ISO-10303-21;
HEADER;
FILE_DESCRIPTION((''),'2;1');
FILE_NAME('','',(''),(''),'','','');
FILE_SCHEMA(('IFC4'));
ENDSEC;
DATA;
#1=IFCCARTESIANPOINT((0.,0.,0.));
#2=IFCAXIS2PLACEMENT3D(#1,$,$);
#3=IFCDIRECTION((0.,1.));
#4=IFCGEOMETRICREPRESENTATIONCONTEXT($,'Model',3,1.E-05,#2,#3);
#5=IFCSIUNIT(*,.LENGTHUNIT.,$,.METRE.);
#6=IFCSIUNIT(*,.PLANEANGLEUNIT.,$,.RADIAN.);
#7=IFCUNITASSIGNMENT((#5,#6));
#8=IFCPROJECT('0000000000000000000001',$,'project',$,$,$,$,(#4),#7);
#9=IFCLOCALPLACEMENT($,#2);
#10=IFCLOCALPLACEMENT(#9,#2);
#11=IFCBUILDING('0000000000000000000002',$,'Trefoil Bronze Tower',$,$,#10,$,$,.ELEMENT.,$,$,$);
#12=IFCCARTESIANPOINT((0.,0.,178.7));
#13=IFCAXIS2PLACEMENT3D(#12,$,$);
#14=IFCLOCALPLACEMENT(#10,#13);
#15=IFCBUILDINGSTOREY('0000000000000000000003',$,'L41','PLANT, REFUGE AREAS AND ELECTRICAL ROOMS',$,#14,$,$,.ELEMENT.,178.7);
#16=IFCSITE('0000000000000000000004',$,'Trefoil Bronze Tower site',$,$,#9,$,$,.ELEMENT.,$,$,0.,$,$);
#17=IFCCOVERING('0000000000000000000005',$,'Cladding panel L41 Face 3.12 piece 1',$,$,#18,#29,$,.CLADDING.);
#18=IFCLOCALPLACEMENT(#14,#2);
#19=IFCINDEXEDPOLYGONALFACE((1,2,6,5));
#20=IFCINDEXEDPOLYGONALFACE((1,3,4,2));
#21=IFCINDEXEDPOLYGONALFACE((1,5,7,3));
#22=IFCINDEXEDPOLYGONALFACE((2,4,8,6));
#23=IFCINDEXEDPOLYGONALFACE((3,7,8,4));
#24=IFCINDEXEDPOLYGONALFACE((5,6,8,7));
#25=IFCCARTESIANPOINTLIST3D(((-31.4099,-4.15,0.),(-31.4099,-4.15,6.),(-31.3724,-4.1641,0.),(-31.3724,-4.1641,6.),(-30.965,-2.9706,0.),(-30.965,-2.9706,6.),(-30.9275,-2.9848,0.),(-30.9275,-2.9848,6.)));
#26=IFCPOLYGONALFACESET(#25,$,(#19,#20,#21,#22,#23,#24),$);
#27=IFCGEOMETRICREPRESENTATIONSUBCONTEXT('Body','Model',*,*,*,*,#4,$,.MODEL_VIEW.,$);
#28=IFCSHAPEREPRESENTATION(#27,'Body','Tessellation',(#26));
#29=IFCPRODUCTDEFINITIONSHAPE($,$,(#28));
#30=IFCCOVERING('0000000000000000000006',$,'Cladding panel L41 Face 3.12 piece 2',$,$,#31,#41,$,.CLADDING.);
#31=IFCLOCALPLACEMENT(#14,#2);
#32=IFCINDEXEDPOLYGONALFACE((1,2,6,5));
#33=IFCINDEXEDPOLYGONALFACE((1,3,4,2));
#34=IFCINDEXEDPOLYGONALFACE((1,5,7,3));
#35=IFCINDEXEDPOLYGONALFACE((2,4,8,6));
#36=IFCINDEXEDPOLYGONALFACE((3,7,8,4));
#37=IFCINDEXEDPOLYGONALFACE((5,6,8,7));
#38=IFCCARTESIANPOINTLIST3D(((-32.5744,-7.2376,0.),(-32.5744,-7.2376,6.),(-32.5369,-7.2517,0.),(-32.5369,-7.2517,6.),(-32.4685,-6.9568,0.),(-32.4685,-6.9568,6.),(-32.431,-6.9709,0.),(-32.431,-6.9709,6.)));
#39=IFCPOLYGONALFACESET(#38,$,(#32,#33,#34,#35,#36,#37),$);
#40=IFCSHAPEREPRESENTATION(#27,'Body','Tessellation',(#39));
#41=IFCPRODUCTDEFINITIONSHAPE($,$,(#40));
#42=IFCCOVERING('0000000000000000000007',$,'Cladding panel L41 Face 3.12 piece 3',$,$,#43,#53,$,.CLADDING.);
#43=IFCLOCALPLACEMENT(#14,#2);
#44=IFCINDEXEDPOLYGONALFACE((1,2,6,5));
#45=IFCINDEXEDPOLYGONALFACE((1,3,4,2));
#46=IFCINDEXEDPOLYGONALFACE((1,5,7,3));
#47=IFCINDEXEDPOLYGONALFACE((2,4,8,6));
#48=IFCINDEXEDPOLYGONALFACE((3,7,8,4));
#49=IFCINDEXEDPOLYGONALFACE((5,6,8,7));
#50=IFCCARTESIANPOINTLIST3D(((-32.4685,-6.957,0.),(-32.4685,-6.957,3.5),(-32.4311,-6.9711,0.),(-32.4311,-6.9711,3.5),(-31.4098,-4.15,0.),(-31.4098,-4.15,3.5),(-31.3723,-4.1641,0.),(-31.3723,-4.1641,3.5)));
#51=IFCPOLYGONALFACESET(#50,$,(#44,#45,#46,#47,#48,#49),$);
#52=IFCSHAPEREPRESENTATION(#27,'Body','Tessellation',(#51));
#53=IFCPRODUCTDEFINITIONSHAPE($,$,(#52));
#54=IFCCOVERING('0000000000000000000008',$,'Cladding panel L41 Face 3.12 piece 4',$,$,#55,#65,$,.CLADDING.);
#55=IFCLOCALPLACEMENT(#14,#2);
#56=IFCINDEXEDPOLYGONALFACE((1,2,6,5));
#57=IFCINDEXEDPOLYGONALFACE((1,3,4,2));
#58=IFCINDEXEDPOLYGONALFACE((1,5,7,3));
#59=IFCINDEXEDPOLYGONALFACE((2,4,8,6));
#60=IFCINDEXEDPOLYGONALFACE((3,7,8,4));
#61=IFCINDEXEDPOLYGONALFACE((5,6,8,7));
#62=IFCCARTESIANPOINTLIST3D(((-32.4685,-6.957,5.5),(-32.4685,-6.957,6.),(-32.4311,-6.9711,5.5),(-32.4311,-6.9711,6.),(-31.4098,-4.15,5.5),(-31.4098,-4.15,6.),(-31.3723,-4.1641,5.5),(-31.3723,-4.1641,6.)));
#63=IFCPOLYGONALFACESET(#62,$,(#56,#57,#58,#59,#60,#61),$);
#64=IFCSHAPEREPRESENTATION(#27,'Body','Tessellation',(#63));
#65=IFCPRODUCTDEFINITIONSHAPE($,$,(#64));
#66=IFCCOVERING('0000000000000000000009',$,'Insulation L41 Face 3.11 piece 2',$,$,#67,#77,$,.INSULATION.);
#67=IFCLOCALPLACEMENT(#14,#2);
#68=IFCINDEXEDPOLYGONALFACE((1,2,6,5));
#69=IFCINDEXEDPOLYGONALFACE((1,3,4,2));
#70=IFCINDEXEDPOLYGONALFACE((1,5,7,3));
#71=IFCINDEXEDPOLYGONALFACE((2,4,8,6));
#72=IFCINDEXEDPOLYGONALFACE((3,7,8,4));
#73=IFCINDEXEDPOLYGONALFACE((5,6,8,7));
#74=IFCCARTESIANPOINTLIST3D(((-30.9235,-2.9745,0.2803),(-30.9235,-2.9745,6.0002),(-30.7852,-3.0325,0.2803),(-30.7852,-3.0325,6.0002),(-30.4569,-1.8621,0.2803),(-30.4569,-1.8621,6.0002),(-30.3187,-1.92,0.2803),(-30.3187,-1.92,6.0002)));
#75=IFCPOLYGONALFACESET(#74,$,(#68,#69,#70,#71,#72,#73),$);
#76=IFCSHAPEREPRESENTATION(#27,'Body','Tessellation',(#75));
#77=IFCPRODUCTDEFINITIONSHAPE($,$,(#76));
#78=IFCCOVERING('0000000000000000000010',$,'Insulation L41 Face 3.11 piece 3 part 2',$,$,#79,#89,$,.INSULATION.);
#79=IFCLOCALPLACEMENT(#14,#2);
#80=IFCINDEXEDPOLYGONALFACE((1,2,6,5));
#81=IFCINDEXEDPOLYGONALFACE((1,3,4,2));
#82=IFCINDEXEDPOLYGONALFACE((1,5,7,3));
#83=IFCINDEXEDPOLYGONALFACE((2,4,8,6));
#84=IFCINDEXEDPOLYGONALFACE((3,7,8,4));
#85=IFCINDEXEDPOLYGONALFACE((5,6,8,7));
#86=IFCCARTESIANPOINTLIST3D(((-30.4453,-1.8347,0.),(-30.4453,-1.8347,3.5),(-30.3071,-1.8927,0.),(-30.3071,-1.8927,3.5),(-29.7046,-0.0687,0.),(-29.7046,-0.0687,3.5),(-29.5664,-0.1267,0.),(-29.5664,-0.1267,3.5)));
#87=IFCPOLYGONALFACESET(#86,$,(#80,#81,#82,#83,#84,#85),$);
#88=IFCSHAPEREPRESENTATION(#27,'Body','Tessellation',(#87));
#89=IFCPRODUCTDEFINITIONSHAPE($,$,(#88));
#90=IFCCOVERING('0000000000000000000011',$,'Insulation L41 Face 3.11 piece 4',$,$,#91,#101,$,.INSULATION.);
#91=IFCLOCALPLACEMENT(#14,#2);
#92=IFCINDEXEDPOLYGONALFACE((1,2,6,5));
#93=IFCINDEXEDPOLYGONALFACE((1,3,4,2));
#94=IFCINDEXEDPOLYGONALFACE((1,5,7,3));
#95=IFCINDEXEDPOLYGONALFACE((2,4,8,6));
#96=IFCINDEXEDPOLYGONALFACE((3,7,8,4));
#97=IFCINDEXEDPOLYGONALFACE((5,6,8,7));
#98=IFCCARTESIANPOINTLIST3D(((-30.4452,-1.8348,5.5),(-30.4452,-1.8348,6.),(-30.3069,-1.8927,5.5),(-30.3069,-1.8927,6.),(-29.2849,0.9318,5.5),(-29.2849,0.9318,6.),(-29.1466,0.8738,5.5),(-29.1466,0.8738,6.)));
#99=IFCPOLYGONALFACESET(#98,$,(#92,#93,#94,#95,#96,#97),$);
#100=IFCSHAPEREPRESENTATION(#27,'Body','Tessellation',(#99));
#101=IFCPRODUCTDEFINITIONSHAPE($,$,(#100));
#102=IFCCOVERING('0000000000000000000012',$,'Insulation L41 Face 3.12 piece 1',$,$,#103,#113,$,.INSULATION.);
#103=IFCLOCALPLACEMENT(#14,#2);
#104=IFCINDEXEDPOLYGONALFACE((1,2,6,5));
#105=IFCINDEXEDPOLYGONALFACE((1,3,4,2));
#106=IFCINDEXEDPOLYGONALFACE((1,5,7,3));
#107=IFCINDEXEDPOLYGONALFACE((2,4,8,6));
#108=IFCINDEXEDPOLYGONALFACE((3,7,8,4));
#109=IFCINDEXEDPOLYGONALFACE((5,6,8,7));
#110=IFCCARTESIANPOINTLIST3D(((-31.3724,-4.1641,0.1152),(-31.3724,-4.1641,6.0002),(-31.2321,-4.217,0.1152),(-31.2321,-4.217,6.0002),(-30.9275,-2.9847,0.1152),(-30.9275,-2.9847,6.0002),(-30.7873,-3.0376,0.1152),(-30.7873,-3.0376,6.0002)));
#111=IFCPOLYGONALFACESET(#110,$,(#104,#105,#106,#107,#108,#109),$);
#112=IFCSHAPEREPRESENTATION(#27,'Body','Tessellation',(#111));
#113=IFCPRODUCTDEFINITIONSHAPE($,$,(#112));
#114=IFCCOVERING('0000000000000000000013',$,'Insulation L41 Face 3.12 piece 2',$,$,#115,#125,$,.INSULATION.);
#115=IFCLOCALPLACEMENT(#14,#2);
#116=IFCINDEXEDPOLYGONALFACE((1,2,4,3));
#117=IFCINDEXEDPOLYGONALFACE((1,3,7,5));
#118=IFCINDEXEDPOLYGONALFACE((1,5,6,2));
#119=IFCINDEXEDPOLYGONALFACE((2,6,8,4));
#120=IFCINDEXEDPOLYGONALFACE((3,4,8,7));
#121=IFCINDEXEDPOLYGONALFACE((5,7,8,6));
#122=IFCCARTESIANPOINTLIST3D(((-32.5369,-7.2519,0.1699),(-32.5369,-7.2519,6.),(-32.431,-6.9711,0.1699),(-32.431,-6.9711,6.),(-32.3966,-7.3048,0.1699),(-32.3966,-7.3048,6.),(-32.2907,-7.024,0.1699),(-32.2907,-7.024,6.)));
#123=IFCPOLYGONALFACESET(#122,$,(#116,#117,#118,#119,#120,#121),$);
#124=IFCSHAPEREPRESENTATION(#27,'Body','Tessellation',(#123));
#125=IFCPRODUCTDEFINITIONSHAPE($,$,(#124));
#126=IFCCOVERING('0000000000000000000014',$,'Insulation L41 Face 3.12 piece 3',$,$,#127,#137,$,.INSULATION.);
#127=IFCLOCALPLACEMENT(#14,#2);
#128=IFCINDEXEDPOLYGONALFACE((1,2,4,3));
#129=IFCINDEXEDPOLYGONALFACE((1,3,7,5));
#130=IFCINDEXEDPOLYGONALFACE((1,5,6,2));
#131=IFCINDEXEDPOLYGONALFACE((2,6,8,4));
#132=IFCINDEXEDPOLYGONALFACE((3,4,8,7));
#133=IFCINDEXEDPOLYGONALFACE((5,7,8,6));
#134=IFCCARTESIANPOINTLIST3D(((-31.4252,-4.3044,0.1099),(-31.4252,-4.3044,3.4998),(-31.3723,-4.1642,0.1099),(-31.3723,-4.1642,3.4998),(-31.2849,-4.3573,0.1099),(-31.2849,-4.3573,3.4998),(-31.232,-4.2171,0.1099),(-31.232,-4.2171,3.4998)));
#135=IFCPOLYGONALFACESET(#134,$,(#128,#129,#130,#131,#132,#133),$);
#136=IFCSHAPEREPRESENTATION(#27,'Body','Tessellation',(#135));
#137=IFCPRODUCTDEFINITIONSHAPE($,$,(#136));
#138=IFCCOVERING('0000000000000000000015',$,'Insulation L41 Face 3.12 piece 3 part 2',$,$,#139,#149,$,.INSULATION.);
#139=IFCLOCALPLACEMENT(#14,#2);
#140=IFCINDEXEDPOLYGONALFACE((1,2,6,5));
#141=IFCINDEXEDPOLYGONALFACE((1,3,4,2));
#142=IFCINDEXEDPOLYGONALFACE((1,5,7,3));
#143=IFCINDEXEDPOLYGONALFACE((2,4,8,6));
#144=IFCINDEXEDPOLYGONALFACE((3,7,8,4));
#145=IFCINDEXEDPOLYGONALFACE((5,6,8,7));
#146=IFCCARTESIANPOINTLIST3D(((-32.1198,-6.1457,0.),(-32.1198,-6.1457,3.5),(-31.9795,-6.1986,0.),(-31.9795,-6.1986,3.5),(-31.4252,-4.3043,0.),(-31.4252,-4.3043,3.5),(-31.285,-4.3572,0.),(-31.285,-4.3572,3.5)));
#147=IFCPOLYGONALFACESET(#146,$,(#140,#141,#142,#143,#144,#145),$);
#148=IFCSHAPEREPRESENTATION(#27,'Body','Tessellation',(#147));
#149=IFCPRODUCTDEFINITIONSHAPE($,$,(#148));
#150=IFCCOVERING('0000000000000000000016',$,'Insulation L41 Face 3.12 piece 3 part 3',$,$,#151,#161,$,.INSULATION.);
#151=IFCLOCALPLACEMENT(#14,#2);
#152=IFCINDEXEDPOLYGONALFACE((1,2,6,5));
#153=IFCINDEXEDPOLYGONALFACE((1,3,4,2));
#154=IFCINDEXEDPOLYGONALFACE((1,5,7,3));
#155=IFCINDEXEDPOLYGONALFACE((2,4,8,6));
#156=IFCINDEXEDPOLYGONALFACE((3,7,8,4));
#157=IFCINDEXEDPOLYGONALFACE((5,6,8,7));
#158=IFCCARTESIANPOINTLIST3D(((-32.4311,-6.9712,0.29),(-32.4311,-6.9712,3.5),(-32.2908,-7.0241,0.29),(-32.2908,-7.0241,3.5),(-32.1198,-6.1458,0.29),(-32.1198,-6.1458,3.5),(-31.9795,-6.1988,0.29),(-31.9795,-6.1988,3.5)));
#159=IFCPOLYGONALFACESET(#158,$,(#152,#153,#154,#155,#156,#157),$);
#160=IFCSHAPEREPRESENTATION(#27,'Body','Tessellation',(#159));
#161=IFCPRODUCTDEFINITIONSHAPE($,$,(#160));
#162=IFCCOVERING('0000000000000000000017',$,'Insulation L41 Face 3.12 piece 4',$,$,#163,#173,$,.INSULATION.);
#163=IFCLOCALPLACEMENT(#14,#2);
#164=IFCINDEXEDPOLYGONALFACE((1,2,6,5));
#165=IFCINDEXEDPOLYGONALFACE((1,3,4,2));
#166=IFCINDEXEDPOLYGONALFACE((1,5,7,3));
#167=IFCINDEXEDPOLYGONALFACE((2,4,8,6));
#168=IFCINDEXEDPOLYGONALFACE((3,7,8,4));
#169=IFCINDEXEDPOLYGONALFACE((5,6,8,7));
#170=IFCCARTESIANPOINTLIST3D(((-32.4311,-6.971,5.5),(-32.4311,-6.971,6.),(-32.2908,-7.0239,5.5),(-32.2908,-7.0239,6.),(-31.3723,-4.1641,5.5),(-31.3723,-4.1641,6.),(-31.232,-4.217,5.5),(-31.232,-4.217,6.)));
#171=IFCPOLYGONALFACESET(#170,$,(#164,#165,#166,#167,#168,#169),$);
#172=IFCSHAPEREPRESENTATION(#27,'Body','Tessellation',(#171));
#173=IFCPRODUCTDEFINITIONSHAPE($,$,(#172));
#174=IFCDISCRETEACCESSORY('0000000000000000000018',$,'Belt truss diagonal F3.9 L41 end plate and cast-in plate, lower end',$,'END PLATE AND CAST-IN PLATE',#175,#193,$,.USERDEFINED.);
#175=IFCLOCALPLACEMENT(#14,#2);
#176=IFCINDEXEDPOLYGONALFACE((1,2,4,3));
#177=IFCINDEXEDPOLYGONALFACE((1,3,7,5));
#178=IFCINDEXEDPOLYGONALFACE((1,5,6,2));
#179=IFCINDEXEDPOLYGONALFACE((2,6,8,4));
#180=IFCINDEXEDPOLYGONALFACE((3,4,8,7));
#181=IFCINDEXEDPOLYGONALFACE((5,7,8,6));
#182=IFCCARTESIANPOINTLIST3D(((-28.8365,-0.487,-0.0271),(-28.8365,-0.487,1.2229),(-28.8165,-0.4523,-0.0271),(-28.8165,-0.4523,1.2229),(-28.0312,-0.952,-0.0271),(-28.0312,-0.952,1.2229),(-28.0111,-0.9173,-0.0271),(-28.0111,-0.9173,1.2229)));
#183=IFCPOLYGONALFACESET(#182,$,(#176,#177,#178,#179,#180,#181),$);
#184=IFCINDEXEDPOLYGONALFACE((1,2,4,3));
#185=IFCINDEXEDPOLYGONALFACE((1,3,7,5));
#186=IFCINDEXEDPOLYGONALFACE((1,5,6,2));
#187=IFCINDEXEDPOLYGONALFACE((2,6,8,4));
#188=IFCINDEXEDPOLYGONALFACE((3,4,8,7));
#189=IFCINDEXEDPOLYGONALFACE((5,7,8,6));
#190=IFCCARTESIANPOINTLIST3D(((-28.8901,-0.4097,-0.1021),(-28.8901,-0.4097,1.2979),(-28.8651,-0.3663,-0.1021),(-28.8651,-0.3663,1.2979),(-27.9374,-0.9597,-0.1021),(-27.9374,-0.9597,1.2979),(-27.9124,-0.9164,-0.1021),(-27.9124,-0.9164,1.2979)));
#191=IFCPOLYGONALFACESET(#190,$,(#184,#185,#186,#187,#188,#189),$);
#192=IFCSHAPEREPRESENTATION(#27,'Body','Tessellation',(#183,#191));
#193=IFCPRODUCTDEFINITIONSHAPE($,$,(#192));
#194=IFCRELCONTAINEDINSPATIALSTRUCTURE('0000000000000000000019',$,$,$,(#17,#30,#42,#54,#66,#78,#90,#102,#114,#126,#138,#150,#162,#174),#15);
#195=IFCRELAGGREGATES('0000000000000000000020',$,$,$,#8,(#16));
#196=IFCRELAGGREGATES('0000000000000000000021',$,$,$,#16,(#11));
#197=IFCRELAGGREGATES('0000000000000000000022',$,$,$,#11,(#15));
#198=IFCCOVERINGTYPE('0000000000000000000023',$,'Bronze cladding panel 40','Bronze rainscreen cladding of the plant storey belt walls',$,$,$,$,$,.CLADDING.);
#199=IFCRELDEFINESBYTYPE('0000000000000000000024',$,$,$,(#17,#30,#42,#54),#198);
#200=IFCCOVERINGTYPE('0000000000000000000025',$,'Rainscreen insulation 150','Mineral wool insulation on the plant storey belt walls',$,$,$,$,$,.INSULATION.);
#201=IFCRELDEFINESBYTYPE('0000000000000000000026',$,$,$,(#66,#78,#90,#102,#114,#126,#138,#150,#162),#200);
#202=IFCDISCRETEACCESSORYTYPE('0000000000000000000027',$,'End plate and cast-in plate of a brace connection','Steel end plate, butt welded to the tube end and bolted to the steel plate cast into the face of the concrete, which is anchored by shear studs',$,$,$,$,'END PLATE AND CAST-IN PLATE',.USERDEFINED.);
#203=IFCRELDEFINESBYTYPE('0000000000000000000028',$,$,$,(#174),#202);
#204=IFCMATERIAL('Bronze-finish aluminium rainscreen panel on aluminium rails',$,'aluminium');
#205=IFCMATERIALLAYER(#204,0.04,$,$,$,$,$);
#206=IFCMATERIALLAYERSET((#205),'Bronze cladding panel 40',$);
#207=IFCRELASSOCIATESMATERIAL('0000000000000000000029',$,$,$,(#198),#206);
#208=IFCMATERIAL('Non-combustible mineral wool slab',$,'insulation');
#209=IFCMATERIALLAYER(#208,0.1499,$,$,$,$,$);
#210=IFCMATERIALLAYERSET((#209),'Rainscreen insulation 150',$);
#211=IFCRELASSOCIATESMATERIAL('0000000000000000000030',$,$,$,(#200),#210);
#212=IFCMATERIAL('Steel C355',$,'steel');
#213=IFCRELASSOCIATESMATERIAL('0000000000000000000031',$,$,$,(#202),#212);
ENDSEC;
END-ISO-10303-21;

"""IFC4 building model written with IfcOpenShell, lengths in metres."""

from ifc_helpers import new_model, si_unit, direction, frame, origin, origin_2d, place, context, subcontext, project, spatial, rectangle, extrude, material, layer, layer_set, type_object, element, save


model = new_model("IFC4")

# Units and contexts
model_context = context("Model", 3, precision=1e-05, world=origin(), true_north=direction((0.0, 1.0)))
body_context = subcontext(model_context, "Body", "Model", "MODEL_VIEW")
ifc_project = project(units=[si_unit("LENGTHUNIT", "METRE"), si_unit("PLANEANGLEUNIT", "RADIAN")], contexts=[model_context])

# Site, building, storey
site_placement = place(None, origin())
site = spatial("IfcSite", under=ifc_project, at=site_placement, Name="Trefoil Bronze Tower site", CompositionType="ELEMENT", RefElevation=0.0)
building_placement = place(site_placement, origin())
building = spatial("IfcBuilding", under=site, at=building_placement, Name="Trefoil Bronze Tower", CompositionType="ELEMENT")
storey_placement = place(building_placement, frame((0.0, 0.0, 178.7)))
storey = spatial("IfcBuildingStorey", under=building, at=storey_placement, Name="L41", Description="PLANT, REFUGE AREAS AND ELECTRICAL ROOMS", CompositionType="ELEMENT", Elevation=178.7)

# Coverings
ifc_material_1 = material(Name="Bronze-finish aluminium rainscreen panel on aluminium rails", Category="aluminium")
ifc_layer_1 = layer(ifc_material_1, 0.04)
ifc_layer_set_1 = layer_set([ifc_layer_1], Name="Bronze cladding panel 40")
covering_type_1 = type_object("IfcCoveringType", Name="Bronze cladding panel 40", Description="Bronze rainscreen cladding of the plant storey belt walls", PredefinedType="CLADDING", material=ifc_layer_set_1)
covering_1_placement = place(storey_placement, frame((-31.1687, -3.5674, 0.0), z_axis=(0.0, 0.0, 1.0), x_axis=(-0.35292, -0.935654, 0.0)))
element("IfcCovering", 1, at=covering_1_placement, inside=storey, type_object=covering_type_1, Name="Cladding panel L41 Face 3.12 piece 1", PredefinedType="CLADDING", context=body_context, shape_type="SweptSolid", body=[
    extrude(rectangle(XDim=1.2605, YDim=0.04, at=origin_2d()), origin(), (0.0, 0.0, 1.0), 6.0),
])
covering_2_placement = place(storey_placement, frame((-32.5027, -7.1042, 0.0), z_axis=(0.0, 0.0, 1.0), x_axis=(-0.35292, -0.935654, 0.0)))
element("IfcCovering", 2, at=covering_2_placement, inside=storey, type_object=covering_type_1, Name="Cladding panel L41 Face 3.12 piece 2", PredefinedType="CLADDING", context=body_context, shape_type="SweptSolid", body=[
    extrude(rectangle(XDim=0.3, YDim=0.04, at=origin_2d()), origin(), (0.0, 0.0, 1.0), 6.0),
])
covering_3_placement = place(storey_placement, frame((-31.9204, -5.5605, 0.0), z_axis=(0.0, 0.0, 1.0), x_axis=(-0.35292, -0.935654, 0.0)))
element("IfcCovering", 3, at=covering_3_placement, inside=storey, type_object=covering_type_1, Name="Cladding panel L41 Face 3.12 piece 3", PredefinedType="CLADDING", context=body_context, shape_type="SweptSolid", body=[
    extrude(rectangle(XDim=3.0, YDim=0.04, at=origin_2d()), origin(), (0.0, 0.0, 1.0), 3.5),
])
covering_4_placement = place(storey_placement, frame((-31.9204, -5.5605, 5.5), z_axis=(0.0, 0.0, 1.0), x_axis=(-0.35292, -0.935654, 0.0)))
element("IfcCovering", 4, at=covering_4_placement, inside=storey, type_object=covering_type_1, Name="Cladding panel L41 Face 3.12 piece 4", PredefinedType="CLADDING", context=body_context, shape_type="SweptSolid", body=[
    extrude(rectangle(XDim=3.0, YDim=0.04, at=origin_2d()), origin(), (0.0, 0.0, 1.0), 0.5),
])
ifc_material_2 = material(Name="Non-combustible mineral wool slab", Category="insulation")
ifc_layer_2 = layer(ifc_material_2, 0.1499)
ifc_layer_set_2 = layer_set([ifc_layer_2], Name="Rainscreen insulation 150")
covering_type_2 = type_object("IfcCoveringType", Name="Rainscreen insulation 150", Description="Mineral wool insulation on the plant storey belt walls", PredefinedType="INSULATION", material=ifc_layer_set_2)
covering_5_placement = place(storey_placement, frame((-30.6211, -2.4473, 0.2803), z_axis=(0.0, 0.0, 1.0), x_axis=(-0.386759, -0.922181, 0.0)))
element("IfcCovering", 5, at=covering_5_placement, inside=storey, type_object=covering_type_2, Name="Insulation L41 Face 3.11 piece 2", PredefinedType="INSULATION", context=body_context, shape_type="SweptSolid", body=[
    extrude(rectangle(XDim=1.2063, YDim=0.1499, at=origin_2d()), origin(), (0.0, 0.0, 1.0), 5.72),
])
covering_6_placement = place(storey_placement, frame((-30.0059, -0.9807, 0.0), z_axis=(0.0, 0.0, 1.0), x_axis=(-0.386759, -0.922181, 0.0)))
element("IfcCovering", 6, at=covering_6_placement, inside=storey, type_object=covering_type_2, Name="Insulation L41 Face 3.11 piece 3 part 2", PredefinedType="INSULATION", context=body_context, shape_type="SweptSolid", body=[
    extrude(rectangle(XDim=1.915, YDim=0.1499, at=origin_2d()), origin(), (0.0, 0.0, 1.0), 3.5),
])
covering_7_placement = place(storey_placement, frame((-29.7959, -0.4805, 5.5), z_axis=(0.0, 0.0, 1.0), x_axis=(-0.386759, -0.922181, 0.0)))
element("IfcCovering", 7, at=covering_7_placement, inside=storey, type_object=covering_type_2, Name="Insulation L41 Face 3.11 piece 4", PredefinedType="INSULATION", context=body_context, shape_type="SweptSolid", body=[
    extrude(rectangle(XDim=3.0, YDim=0.1499, at=origin_2d()), origin(), (0.0, 0.0, 1.0), 0.5),
])
covering_8_placement = place(storey_placement, frame((-31.0798, -3.6008, 0.1152), z_axis=(0.0, 0.0, 1.0), x_axis=(-0.35292, -0.935654, 0.0)))
element("IfcCovering", 8, at=covering_8_placement, inside=storey, type_object=covering_type_2, Name="Insulation L41 Face 3.12 piece 1", PredefinedType="INSULATION", context=body_context, shape_type="SweptSolid", body=[
    extrude(rectangle(XDim=1.2605, YDim=0.1499, at=origin_2d()), origin(), (0.0, 0.0, 1.0), 5.885),
])
covering_9_placement = place(storey_placement, frame((-32.4138, -7.1379, 0.1699), z_axis=(0.0, 0.0, 1.0), x_axis=(-0.35292, -0.935654, 0.0)))
element("IfcCovering", 9, at=covering_9_placement, inside=storey, type_object=covering_type_2, Name="Insulation L41 Face 3.12 piece 2", PredefinedType="INSULATION", context=body_context, shape_type="SweptSolid", body=[
    extrude(rectangle(XDim=0.3, YDim=0.1499, at=origin_2d()), origin(), (0.0, 0.0, 1.0), 5.8301),
])
covering_10_placement = place(storey_placement, frame((-31.3286, -4.2607, 0.1099), z_axis=(0.0, 0.0, 1.0), x_axis=(-0.35292, -0.935654, 0.0)))
element("IfcCovering", 10, at=covering_10_placement, inside=storey, type_object=covering_type_2, Name="Insulation L41 Face 3.12 piece 3", PredefinedType="INSULATION", context=body_context, shape_type="SweptSolid", body=[
    extrude(rectangle(XDim=0.1499, YDim=0.1499, at=origin_2d()), origin(), (0.0, 0.0, 1.0), 3.3899),
])
covering_11_placement = place(storey_placement, frame((-31.7024, -5.2515, 0.0), z_axis=(0.0, 0.0, 1.0), x_axis=(-0.35292, -0.935654, 0.0)))
element("IfcCovering", 11, at=covering_11_placement, inside=storey, type_object=covering_type_2, Name="Insulation L41 Face 3.12 piece 3 part 2", PredefinedType="INSULATION", context=body_context, shape_type="SweptSolid", body=[
    extrude(rectangle(XDim=1.968, YDim=0.1499, at=origin_2d()), origin(), (0.0, 0.0, 1.0), 3.5),
])
covering_12_placement = place(storey_placement, frame((-32.2053, -6.585, 0.29), z_axis=(0.0, 0.0, 1.0), x_axis=(-0.35292, -0.935654, 0.0)))
element("IfcCovering", 12, at=covering_12_placement, inside=storey, type_object=covering_type_2, Name="Insulation L41 Face 3.12 piece 3 part 3", PredefinedType="INSULATION", context=body_context, shape_type="SweptSolid", body=[
    extrude(rectangle(XDim=0.8821, YDim=0.1499, at=origin_2d()), origin(), (0.0, 0.0, 1.0), 3.21),
])
covering_13_placement = place(storey_placement, frame((-31.8315, -5.594, 5.5), z_axis=(0.0, 0.0, 1.0), x_axis=(-0.35292, -0.935654, 0.0)))
element("IfcCovering", 13, at=covering_13_placement, inside=storey, type_object=covering_type_2, Name="Insulation L41 Face 3.12 piece 4", PredefinedType="INSULATION", context=body_context, shape_type="SweptSolid", body=[
    extrude(rectangle(XDim=3.0, YDim=0.1499, at=origin_2d()), origin(), (0.0, 0.0, 1.0), 0.5),
])

# Discrete accessory
ifc_material_3 = material(Name="Steel C355", Category="steel")
discrete_accessory_type = type_object("IfcDiscreteAccessoryType", Name="End plate and cast-in plate of a brace connection", Description="Steel end plate, butt welded to the tube end and bolted to the steel plate cast into the face of the concrete, which is anchored by shear studs", ElementType="END PLATE AND CAST-IN PLATE", PredefinedType="USERDEFINED", material=ifc_material_3)
for number, where, z_axis, x_axis, name in (
    (14, (-28.4138, -0.6848, 0.5979), (0.0, 0.0, 1.0), (-0.5, -0.866025, 0.0), "Belt truss diagonal F3.9 L41 end plate and cast-in plate, lower end"),
):
    element("IfcDiscreteAccessory", number, at=place(storey_placement, frame(where, z_axis=z_axis, x_axis=x_axis)), inside=storey, type_object=discrete_accessory_type, Name=name, ObjectType="END PLATE AND CAST-IN PLATE", PredefinedType="USERDEFINED", context=body_context, shape_type="SweptSolid", body=[
        extrude(rectangle(XDim=0.04, YDim=0.9299, at=origin_2d()), frame((0.02, 0.0, -0.625)), (0.0, 0.0, 1.0), 1.25),
        extrude(rectangle(XDim=0.05, YDim=1.1001, at=origin_2d()), frame((-0.0251, 0.0, -0.7)), (0.0, 0.0, 1.0), 1.3999),
    ])

save(model, "model.ifc")
